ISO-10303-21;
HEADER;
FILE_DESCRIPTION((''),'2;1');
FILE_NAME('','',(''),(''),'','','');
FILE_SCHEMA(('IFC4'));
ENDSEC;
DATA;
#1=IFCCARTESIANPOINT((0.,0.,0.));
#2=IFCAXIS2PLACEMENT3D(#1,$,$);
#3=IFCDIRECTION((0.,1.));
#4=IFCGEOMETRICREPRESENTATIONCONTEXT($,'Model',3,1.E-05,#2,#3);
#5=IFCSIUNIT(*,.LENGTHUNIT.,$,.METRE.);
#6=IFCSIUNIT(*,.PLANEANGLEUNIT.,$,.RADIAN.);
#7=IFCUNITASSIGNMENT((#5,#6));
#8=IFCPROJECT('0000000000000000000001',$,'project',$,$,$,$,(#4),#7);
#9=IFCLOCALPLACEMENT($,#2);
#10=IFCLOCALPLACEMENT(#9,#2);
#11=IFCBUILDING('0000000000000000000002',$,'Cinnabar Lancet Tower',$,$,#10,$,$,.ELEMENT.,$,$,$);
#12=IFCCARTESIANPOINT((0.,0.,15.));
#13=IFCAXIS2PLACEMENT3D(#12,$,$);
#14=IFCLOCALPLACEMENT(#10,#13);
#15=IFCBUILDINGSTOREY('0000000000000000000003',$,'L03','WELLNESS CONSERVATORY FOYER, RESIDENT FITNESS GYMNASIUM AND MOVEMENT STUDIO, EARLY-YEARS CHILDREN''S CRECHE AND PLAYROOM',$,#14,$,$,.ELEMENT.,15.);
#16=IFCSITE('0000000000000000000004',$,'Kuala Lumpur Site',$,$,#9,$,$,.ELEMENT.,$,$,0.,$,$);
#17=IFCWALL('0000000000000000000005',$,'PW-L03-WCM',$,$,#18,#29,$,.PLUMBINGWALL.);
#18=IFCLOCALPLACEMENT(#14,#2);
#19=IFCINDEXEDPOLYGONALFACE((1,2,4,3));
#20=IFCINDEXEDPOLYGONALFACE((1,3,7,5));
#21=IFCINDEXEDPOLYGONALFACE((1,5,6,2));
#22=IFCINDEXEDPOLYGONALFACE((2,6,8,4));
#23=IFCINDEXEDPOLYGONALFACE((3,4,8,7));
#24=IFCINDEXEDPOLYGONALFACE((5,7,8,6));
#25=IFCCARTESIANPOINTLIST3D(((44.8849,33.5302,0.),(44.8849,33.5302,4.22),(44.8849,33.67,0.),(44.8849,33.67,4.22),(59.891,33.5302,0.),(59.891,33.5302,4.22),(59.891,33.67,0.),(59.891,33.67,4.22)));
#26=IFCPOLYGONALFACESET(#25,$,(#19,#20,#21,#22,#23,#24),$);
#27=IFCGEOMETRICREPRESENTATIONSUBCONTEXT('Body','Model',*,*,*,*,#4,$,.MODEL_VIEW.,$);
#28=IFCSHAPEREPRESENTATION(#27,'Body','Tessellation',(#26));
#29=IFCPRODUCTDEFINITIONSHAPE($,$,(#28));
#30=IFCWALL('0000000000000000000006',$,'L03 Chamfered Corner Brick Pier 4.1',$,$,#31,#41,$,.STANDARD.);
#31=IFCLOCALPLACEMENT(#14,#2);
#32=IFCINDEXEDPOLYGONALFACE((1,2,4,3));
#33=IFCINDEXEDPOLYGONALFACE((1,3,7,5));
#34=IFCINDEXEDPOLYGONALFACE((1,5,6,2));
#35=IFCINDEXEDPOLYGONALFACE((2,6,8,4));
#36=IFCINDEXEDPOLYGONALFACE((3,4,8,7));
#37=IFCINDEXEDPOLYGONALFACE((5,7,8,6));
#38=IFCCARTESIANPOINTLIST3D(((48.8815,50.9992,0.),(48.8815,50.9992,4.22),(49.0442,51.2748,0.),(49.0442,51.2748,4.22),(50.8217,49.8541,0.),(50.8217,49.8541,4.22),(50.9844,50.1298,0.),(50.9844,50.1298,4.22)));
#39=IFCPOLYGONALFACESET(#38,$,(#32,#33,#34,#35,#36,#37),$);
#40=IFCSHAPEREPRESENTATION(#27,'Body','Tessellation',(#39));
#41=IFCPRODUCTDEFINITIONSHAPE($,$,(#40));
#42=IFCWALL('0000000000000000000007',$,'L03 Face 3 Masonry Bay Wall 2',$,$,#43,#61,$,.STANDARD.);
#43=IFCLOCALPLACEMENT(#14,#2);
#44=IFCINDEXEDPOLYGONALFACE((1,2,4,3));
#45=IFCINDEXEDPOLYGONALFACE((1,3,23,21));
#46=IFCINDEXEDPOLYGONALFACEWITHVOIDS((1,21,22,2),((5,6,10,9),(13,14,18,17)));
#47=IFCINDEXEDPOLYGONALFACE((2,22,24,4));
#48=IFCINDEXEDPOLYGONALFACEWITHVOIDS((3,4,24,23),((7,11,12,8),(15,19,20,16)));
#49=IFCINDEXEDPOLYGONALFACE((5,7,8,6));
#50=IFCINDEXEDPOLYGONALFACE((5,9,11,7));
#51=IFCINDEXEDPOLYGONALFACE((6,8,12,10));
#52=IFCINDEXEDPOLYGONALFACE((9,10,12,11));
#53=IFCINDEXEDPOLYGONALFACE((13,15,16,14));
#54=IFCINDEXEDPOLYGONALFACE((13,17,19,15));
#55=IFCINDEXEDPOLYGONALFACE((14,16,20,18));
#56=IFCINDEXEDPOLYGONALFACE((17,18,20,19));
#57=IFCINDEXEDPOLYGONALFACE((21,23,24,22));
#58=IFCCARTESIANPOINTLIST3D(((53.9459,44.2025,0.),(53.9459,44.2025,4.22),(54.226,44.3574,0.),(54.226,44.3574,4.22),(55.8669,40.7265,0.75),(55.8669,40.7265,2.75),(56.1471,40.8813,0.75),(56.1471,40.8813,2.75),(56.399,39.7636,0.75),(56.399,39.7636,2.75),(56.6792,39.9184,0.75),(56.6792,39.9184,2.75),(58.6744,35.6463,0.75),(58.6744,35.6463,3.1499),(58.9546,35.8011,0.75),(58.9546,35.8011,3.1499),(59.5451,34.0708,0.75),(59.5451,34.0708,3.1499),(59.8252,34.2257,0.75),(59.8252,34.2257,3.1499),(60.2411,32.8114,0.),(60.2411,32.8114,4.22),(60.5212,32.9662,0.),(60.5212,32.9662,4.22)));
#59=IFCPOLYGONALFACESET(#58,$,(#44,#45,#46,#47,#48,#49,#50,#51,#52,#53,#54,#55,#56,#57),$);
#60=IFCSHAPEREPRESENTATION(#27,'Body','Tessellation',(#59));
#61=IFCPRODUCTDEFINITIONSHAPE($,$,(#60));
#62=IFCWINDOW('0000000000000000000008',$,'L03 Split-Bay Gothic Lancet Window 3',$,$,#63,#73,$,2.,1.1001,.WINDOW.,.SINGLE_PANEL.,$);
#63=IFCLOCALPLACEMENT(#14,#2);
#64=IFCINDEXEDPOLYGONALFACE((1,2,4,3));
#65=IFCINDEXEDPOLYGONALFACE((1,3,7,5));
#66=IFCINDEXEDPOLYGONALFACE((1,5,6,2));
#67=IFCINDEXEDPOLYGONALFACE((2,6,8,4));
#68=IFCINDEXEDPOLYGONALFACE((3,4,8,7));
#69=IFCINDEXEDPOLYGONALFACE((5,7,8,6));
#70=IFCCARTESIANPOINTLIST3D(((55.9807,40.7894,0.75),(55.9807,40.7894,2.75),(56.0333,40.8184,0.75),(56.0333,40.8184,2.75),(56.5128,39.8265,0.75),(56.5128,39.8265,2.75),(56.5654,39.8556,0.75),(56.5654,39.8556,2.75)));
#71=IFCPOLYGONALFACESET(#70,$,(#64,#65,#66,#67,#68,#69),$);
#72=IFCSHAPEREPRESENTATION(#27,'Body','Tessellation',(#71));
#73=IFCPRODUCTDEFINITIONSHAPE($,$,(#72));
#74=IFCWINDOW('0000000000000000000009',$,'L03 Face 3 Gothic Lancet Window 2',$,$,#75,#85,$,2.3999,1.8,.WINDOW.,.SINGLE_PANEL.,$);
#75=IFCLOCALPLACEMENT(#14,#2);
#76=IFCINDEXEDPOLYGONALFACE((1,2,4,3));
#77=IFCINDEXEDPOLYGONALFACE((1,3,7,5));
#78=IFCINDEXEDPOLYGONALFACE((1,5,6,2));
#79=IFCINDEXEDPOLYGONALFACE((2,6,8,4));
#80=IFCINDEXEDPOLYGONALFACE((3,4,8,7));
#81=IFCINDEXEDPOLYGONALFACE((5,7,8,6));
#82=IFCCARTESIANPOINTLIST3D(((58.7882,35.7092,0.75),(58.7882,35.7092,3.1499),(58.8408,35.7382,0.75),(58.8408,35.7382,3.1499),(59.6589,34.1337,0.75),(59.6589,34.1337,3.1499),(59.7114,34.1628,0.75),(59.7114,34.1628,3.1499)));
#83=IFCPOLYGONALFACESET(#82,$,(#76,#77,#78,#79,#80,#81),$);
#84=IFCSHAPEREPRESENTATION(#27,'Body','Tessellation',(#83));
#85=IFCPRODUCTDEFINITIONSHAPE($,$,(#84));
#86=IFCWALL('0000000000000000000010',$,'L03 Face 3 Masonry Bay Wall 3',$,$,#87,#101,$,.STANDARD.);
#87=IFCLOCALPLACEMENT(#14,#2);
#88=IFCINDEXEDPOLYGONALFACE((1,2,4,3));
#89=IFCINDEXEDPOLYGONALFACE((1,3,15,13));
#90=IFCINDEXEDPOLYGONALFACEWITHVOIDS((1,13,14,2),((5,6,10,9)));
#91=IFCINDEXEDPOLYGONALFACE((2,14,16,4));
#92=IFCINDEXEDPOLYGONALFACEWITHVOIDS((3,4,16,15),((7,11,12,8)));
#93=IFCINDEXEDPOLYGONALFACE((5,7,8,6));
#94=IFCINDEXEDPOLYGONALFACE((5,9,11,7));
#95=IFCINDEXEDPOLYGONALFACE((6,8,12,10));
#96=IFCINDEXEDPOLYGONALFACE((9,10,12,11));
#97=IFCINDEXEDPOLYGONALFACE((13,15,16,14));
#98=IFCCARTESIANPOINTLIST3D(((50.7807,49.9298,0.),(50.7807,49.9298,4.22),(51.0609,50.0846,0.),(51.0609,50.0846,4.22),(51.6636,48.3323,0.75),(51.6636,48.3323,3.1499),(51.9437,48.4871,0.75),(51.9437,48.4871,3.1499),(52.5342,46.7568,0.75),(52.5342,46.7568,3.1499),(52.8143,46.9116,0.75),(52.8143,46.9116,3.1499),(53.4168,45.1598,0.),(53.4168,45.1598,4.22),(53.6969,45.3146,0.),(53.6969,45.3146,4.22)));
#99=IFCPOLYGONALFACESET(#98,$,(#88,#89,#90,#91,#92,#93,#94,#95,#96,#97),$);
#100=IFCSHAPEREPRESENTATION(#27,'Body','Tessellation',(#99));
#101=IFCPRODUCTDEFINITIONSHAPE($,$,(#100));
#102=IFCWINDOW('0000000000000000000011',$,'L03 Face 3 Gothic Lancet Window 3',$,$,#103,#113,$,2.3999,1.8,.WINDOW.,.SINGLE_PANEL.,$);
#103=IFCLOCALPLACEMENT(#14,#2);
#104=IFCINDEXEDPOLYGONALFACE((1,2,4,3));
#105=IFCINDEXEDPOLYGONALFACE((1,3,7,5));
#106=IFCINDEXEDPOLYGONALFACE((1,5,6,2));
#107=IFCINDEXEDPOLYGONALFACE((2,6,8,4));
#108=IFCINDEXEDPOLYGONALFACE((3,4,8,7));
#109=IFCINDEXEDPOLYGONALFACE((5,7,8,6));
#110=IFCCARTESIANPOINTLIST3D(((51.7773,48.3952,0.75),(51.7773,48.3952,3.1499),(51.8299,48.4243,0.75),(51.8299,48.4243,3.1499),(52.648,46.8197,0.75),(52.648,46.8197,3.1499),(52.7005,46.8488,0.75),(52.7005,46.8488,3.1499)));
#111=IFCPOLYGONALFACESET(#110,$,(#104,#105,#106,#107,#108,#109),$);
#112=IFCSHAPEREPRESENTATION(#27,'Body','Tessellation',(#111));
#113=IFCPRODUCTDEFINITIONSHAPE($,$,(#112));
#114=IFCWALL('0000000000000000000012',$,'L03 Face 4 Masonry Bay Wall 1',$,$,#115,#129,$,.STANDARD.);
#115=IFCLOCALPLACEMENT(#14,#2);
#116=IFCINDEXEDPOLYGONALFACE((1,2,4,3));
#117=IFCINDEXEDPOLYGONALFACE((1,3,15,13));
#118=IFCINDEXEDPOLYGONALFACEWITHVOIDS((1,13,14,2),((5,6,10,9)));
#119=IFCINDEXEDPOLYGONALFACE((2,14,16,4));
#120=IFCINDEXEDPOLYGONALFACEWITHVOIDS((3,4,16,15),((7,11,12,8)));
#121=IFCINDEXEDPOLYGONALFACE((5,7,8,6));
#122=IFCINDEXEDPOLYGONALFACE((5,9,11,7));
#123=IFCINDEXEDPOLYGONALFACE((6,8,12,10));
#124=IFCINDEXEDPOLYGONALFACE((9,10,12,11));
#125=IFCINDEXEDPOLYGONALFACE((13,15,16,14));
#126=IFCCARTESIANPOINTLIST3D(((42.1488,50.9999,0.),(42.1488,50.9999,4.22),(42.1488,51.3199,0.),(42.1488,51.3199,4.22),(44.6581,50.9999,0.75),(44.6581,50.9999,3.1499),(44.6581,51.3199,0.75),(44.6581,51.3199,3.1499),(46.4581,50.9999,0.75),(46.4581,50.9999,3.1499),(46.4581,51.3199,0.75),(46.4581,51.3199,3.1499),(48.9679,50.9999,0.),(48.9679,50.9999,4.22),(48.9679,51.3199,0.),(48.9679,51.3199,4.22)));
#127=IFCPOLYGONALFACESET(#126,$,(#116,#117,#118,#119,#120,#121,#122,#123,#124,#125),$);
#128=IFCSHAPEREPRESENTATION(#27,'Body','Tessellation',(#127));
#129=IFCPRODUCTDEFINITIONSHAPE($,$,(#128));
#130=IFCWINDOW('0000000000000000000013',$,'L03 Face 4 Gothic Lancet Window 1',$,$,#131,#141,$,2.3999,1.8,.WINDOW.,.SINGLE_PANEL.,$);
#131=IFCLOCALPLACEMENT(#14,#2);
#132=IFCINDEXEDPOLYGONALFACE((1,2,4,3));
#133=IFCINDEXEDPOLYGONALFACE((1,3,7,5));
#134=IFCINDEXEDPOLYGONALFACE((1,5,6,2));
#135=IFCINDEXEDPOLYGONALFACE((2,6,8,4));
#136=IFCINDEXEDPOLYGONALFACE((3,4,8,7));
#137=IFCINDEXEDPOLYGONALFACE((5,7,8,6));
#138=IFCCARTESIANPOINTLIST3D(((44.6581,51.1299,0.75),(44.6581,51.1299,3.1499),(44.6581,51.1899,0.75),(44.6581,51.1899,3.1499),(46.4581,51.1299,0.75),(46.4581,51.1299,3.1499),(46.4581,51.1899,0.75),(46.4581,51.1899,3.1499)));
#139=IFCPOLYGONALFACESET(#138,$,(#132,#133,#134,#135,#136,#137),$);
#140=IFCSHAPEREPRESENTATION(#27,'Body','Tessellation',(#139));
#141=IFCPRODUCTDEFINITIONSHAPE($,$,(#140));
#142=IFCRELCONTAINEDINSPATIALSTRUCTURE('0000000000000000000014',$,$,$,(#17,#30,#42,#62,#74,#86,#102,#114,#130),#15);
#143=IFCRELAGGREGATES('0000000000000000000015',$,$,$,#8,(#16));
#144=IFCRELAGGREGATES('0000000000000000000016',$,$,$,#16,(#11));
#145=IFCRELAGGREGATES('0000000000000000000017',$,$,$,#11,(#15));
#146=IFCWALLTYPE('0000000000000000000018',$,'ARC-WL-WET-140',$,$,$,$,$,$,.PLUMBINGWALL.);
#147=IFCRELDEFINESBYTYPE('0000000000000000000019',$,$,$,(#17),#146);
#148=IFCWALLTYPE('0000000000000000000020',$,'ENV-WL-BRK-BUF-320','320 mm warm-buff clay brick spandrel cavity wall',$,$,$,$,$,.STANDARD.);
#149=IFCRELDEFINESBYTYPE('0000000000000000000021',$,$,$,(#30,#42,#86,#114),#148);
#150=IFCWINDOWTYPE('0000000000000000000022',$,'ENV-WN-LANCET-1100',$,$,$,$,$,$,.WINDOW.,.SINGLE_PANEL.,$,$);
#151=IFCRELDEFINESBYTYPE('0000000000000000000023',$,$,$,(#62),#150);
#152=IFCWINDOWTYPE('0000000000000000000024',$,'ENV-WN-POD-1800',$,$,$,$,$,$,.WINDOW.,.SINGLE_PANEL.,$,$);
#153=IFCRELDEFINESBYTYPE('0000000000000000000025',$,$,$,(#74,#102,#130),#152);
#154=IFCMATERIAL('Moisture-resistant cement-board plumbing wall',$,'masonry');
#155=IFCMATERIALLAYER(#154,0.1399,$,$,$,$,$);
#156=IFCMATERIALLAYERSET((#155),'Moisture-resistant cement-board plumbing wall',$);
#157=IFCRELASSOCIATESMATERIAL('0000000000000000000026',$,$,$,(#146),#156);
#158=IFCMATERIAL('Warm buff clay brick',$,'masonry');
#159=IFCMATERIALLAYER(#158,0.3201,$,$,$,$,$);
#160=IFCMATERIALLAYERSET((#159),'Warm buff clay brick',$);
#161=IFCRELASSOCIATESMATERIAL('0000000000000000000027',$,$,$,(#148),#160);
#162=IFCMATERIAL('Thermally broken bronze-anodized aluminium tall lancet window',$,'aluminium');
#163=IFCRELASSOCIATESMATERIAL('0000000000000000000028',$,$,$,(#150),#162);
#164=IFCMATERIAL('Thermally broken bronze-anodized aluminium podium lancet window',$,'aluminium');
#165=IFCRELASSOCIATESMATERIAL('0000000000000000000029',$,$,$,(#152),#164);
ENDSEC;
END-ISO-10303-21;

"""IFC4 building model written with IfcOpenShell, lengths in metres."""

from ifc_helpers import new_model, si_unit, direction, frame, frame_2d, origin, place, context, subcontext, project, spatial, rectangle, extrude, material, layer, layer_set, type_object, element, fill, save


model = new_model("IFC4")

# Units and contexts
model_context = context("Model", 3, precision=1e-05, world=origin(), true_north=direction((0.0, 1.0)))
body_context = subcontext(model_context, "Body", "Model", "MODEL_VIEW")
ifc_project = project(units=[si_unit("LENGTHUNIT", "METRE"), si_unit("PLANEANGLEUNIT", "RADIAN")], contexts=[model_context])

# Site, building, storey
site_placement = place(None, origin())
site = spatial("IfcSite", under=ifc_project, at=site_placement, Name="Kuala Lumpur Site", CompositionType="ELEMENT", RefElevation=0.0)
building_placement = place(site_placement, origin())
building = spatial("IfcBuilding", under=site, at=building_placement, Name="Cinnabar Lancet Tower", CompositionType="ELEMENT")
storey_placement = place(building_placement, frame((0.0, 0.0, 15.0)))
storey = spatial("IfcBuildingStorey", under=building, at=storey_placement, Name="L03", Description="WELLNESS CONSERVATORY FOYER, RESIDENT FITNESS GYMNASIUM AND MOVEMENT STUDIO, EARLY-YEARS CHILDREN'S CRECHE AND PLAYROOM", CompositionType="ELEMENT", Elevation=15.0)

# Walls
ifc_material_1 = material(Name="Moisture-resistant cement-board plumbing wall", Category="masonry")
ifc_layer_1 = layer(ifc_material_1, 0.1399)
ifc_layer_set_1 = layer_set([ifc_layer_1], Name="Moisture-resistant cement-board plumbing wall")
wall_type_1 = type_object("IfcWallType", Name="ARC-WL-WET-140", PredefinedType="PLUMBINGWALL", material=ifc_layer_set_1)
wall_1_placement = place(storey_placement, frame((44.885, 33.6001, 0.0), z_axis=(0.0, 0.0, 1.0), x_axis=(1.0, 0.0, 0.0)))
element("IfcWall", 1, at=wall_1_placement, inside=storey, type_object=wall_type_1, Name="PW-L03-WCM", PredefinedType="PLUMBINGWALL", context=body_context, shape_type="SweptSolid", body=[
    extrude(rectangle(XDim=15.0061, YDim=0.1399, at=frame_2d((7.5029, 0.0))), origin(), (0.0, 0.0, 1.0), 4.22),
])
ifc_material_2 = material(Name="Warm buff clay brick", Category="masonry")
ifc_layer_2 = layer(ifc_material_2, 0.3201)
ifc_layer_set_2 = layer_set([ifc_layer_2], Name="Warm buff clay brick")
wall_type_2 = type_object("IfcWallType", Name="ENV-WL-BRK-BUF-320", Description="320 mm warm-buff clay brick spandrel cavity wall", PredefinedType="STANDARD", material=ifc_layer_set_2)
wall_2_placement = place(storey_placement, frame((50.9031, 49.9919, 0.0), z_axis=(0.0, 0.0, 1.0), x_axis=(-0.861209, 0.508251, 0.0)))
element("IfcWall", 2, at=wall_2_placement, inside=storey, type_object=wall_type_2, Name="L03 Chamfered Corner Brick Pier 4.1", PredefinedType="STANDARD", context=body_context, shape_type="SweptSolid", body=[
    extrude(rectangle(XDim=2.2529, YDim=0.3201, at=frame_2d((1.1265, 0.0))), origin(), (0.0, 0.0, 1.0), 4.22),
])

# Wall, openings, windows
wall_3_placement = place(storey_placement, frame((60.3811, 32.8889, 0.0), z_axis=(0.0, 0.0, 1.0), x_axis=(-0.483691, 0.875239, 0.0)))
wall_3 = element("IfcWall", 3, at=wall_3_placement, inside=storey, type_object=wall_type_2, Name="L03 Face 3 Masonry Bay Wall 2", PredefinedType="STANDARD", context=body_context, shape_type="SweptSolid", body=[
    extrude(rectangle(XDim=13.0149, YDim=0.3201, at=frame_2d((6.5073, 0.0))), origin(), (0.0, 0.0, 1.0), 4.22),
])
opening_1_placement = place(wall_3_placement, frame((1.439, 0.0, 0.75)))
opening_1 = element("IfcOpeningElement", 4, at=opening_1_placement, cuts=wall_3, PredefinedType="OPENING", context=body_context, shape_type="SweptSolid", body=[
    extrude(rectangle(XDim=1.8, YDim=2.3999, at=frame_2d((0.8999, 1.2))), frame((0.0, 0.1699, 0.0), z_axis=(0.0, -1.0, 0.0), x_axis=(1.0, 0.0, 0.0)), (0.0, 0.0, 1.0), 0.3401),
])
opening_2_placement = place(wall_3_placement, frame((7.9431, 0.0, 0.75)))
opening_2 = element("IfcOpeningElement", 5, at=opening_2_placement, cuts=wall_3, PredefinedType="OPENING", context=body_context, shape_type="SweptSolid", body=[
    extrude(rectangle(XDim=1.1001, YDim=2.0, at=frame_2d((0.55, 1.0))), frame((0.0, 0.1699, 0.0), z_axis=(0.0, -1.0, 0.0), x_axis=(1.0, 0.0, 0.0)), (0.0, 0.0, 1.0), 0.3401),
])
ifc_material_3 = material(Name="Thermally broken bronze-anodized aluminium tall lancet window", Category="aluminium")
window_type_1 = type_object("IfcWindowType", Name="ENV-WN-LANCET-1100", PartitioningType="SINGLE_PANEL", PredefinedType="WINDOW", material=ifc_material_3)
window_1_placement = place(opening_2_placement, origin())
window_1 = element("IfcWindow", 6, at=window_1_placement, inside=storey, type_object=window_type_1, Name="L03 Split-Bay Gothic Lancet Window 3", OverallHeight=2.0, OverallWidth=1.1001, PartitioningType="SINGLE_PANEL", PredefinedType="WINDOW", context=body_context, shape_type="SweptSolid", body=[
    extrude(rectangle(XDim=1.1001, YDim=2.0, at=frame_2d((0.55, 1.0))), frame((0.0, 0.03, 0.0), z_axis=(0.0, -1.0, 0.0), x_axis=(1.0, 0.0, 0.0)), (0.0, 0.0, 1.0), 0.0601),
])
fill(opening_2, window_1)
ifc_material_4 = material(Name="Thermally broken bronze-anodized aluminium podium lancet window", Category="aluminium")
window_type_2 = type_object("IfcWindowType", Name="ENV-WN-POD-1800", PartitioningType="SINGLE_PANEL", PredefinedType="WINDOW", material=ifc_material_4)
window_2_placement = place(opening_1_placement, origin())
window_2 = element("IfcWindow", 7, at=window_2_placement, inside=storey, type_object=window_type_2, Name="L03 Face 3 Gothic Lancet Window 2", OverallHeight=2.3999, OverallWidth=1.8, PartitioningType="SINGLE_PANEL", PredefinedType="WINDOW", context=body_context, shape_type="SweptSolid", body=[
    extrude(rectangle(XDim=1.8, YDim=2.3999, at=frame_2d((0.8999, 1.2))), frame((0.0, 0.03, 0.0), z_axis=(0.0, -1.0, 0.0), x_axis=(1.0, 0.0, 0.0)), (0.0, 0.0, 1.0), 0.0601),
])
fill(opening_1, window_2)

# Walls, openings, windows
wall_4_placement = place(storey_placement, frame((53.5569, 45.2371, 0.0), z_axis=(0.0, 0.0, 1.0), x_axis=(-0.483675, 0.875248, 0.0)))
wall_4 = element("IfcWall", 8, at=wall_4_placement, inside=storey, type_object=wall_type_2, Name="L03 Face 3 Masonry Bay Wall 3", PredefinedType="STANDARD", context=body_context, shape_type="SweptSolid", body=[
    extrude(rectangle(XDim=5.45, YDim=0.3201, at=frame_2d((2.7251, 0.0))), origin(), (0.0, 0.0, 1.0), 4.22),
])
opening_3_placement = place(wall_4_placement, frame((1.825, 0.0, 0.75)))
opening_3 = element("IfcOpeningElement", 9, at=opening_3_placement, cuts=wall_4, PredefinedType="OPENING", context=body_context, shape_type="SweptSolid", body=[
    extrude(rectangle(XDim=1.8, YDim=2.3999, at=frame_2d((0.8999, 1.2))), frame((0.0, 0.1699, 0.0), z_axis=(0.0, -1.0, 0.0), x_axis=(1.0, 0.0, 0.0)), (0.0, 0.0, 1.0), 0.3401),
])
window_3_placement = place(opening_3_placement, origin())
window_3 = element("IfcWindow", 10, at=window_3_placement, inside=storey, type_object=window_type_2, Name="L03 Face 3 Gothic Lancet Window 3", OverallHeight=2.3999, OverallWidth=1.8, PartitioningType="SINGLE_PANEL", PredefinedType="WINDOW", context=body_context, shape_type="SweptSolid", body=[
    extrude(rectangle(XDim=1.8, YDim=2.3999, at=frame_2d((0.8999, 1.2))), frame((0.0, 0.03, 0.0), z_axis=(0.0, -1.0, 0.0), x_axis=(1.0, 0.0, 0.0)), (0.0, 0.0, 1.0), 0.0601),
])
fill(opening_3, window_3)
wall_5_placement = place(storey_placement, frame((48.968, 51.1599, 0.0), z_axis=(0.0, 0.0, 1.0), x_axis=(-1.0, 0.0, 0.0)))
wall_5 = element("IfcWall", 11, at=wall_5_placement, inside=storey, type_object=wall_type_2, Name="L03 Face 4 Masonry Bay Wall 1", PredefinedType="STANDARD", context=body_context, shape_type="SweptSolid", body=[
    extrude(rectangle(XDim=6.8191, YDim=0.3201, at=frame_2d((3.4097, 0.0))), origin(), (0.0, 0.0, 1.0), 4.22),
])
opening_4_placement = place(wall_5_placement, frame((2.51, 0.0, 0.75)))
opening_4 = element("IfcOpeningElement", 12, at=opening_4_placement, cuts=wall_5, PredefinedType="OPENING", context=body_context, shape_type="SweptSolid", body=[
    extrude(rectangle(XDim=1.8, YDim=2.3999, at=frame_2d((0.8999, 1.2))), frame((0.0, 0.1699, 0.0), z_axis=(0.0, -1.0, 0.0), x_axis=(1.0, 0.0, 0.0)), (0.0, 0.0, 1.0), 0.3401),
])
window_4_placement = place(opening_4_placement, origin())
window_4 = element("IfcWindow", 13, at=window_4_placement, inside=storey, type_object=window_type_2, Name="L03 Face 4 Gothic Lancet Window 1", OverallHeight=2.3999, OverallWidth=1.8, PartitioningType="SINGLE_PANEL", PredefinedType="WINDOW", context=body_context, shape_type="SweptSolid", body=[
    extrude(rectangle(XDim=1.8, YDim=2.3999, at=frame_2d((0.8999, 1.2))), frame((0.0, 0.03, 0.0), z_axis=(0.0, -1.0, 0.0), x_axis=(1.0, 0.0, 0.0)), (0.0, 0.0, 1.0), 0.0601),
])
fill(opening_4, window_4)

save(model, "model.ifc")
